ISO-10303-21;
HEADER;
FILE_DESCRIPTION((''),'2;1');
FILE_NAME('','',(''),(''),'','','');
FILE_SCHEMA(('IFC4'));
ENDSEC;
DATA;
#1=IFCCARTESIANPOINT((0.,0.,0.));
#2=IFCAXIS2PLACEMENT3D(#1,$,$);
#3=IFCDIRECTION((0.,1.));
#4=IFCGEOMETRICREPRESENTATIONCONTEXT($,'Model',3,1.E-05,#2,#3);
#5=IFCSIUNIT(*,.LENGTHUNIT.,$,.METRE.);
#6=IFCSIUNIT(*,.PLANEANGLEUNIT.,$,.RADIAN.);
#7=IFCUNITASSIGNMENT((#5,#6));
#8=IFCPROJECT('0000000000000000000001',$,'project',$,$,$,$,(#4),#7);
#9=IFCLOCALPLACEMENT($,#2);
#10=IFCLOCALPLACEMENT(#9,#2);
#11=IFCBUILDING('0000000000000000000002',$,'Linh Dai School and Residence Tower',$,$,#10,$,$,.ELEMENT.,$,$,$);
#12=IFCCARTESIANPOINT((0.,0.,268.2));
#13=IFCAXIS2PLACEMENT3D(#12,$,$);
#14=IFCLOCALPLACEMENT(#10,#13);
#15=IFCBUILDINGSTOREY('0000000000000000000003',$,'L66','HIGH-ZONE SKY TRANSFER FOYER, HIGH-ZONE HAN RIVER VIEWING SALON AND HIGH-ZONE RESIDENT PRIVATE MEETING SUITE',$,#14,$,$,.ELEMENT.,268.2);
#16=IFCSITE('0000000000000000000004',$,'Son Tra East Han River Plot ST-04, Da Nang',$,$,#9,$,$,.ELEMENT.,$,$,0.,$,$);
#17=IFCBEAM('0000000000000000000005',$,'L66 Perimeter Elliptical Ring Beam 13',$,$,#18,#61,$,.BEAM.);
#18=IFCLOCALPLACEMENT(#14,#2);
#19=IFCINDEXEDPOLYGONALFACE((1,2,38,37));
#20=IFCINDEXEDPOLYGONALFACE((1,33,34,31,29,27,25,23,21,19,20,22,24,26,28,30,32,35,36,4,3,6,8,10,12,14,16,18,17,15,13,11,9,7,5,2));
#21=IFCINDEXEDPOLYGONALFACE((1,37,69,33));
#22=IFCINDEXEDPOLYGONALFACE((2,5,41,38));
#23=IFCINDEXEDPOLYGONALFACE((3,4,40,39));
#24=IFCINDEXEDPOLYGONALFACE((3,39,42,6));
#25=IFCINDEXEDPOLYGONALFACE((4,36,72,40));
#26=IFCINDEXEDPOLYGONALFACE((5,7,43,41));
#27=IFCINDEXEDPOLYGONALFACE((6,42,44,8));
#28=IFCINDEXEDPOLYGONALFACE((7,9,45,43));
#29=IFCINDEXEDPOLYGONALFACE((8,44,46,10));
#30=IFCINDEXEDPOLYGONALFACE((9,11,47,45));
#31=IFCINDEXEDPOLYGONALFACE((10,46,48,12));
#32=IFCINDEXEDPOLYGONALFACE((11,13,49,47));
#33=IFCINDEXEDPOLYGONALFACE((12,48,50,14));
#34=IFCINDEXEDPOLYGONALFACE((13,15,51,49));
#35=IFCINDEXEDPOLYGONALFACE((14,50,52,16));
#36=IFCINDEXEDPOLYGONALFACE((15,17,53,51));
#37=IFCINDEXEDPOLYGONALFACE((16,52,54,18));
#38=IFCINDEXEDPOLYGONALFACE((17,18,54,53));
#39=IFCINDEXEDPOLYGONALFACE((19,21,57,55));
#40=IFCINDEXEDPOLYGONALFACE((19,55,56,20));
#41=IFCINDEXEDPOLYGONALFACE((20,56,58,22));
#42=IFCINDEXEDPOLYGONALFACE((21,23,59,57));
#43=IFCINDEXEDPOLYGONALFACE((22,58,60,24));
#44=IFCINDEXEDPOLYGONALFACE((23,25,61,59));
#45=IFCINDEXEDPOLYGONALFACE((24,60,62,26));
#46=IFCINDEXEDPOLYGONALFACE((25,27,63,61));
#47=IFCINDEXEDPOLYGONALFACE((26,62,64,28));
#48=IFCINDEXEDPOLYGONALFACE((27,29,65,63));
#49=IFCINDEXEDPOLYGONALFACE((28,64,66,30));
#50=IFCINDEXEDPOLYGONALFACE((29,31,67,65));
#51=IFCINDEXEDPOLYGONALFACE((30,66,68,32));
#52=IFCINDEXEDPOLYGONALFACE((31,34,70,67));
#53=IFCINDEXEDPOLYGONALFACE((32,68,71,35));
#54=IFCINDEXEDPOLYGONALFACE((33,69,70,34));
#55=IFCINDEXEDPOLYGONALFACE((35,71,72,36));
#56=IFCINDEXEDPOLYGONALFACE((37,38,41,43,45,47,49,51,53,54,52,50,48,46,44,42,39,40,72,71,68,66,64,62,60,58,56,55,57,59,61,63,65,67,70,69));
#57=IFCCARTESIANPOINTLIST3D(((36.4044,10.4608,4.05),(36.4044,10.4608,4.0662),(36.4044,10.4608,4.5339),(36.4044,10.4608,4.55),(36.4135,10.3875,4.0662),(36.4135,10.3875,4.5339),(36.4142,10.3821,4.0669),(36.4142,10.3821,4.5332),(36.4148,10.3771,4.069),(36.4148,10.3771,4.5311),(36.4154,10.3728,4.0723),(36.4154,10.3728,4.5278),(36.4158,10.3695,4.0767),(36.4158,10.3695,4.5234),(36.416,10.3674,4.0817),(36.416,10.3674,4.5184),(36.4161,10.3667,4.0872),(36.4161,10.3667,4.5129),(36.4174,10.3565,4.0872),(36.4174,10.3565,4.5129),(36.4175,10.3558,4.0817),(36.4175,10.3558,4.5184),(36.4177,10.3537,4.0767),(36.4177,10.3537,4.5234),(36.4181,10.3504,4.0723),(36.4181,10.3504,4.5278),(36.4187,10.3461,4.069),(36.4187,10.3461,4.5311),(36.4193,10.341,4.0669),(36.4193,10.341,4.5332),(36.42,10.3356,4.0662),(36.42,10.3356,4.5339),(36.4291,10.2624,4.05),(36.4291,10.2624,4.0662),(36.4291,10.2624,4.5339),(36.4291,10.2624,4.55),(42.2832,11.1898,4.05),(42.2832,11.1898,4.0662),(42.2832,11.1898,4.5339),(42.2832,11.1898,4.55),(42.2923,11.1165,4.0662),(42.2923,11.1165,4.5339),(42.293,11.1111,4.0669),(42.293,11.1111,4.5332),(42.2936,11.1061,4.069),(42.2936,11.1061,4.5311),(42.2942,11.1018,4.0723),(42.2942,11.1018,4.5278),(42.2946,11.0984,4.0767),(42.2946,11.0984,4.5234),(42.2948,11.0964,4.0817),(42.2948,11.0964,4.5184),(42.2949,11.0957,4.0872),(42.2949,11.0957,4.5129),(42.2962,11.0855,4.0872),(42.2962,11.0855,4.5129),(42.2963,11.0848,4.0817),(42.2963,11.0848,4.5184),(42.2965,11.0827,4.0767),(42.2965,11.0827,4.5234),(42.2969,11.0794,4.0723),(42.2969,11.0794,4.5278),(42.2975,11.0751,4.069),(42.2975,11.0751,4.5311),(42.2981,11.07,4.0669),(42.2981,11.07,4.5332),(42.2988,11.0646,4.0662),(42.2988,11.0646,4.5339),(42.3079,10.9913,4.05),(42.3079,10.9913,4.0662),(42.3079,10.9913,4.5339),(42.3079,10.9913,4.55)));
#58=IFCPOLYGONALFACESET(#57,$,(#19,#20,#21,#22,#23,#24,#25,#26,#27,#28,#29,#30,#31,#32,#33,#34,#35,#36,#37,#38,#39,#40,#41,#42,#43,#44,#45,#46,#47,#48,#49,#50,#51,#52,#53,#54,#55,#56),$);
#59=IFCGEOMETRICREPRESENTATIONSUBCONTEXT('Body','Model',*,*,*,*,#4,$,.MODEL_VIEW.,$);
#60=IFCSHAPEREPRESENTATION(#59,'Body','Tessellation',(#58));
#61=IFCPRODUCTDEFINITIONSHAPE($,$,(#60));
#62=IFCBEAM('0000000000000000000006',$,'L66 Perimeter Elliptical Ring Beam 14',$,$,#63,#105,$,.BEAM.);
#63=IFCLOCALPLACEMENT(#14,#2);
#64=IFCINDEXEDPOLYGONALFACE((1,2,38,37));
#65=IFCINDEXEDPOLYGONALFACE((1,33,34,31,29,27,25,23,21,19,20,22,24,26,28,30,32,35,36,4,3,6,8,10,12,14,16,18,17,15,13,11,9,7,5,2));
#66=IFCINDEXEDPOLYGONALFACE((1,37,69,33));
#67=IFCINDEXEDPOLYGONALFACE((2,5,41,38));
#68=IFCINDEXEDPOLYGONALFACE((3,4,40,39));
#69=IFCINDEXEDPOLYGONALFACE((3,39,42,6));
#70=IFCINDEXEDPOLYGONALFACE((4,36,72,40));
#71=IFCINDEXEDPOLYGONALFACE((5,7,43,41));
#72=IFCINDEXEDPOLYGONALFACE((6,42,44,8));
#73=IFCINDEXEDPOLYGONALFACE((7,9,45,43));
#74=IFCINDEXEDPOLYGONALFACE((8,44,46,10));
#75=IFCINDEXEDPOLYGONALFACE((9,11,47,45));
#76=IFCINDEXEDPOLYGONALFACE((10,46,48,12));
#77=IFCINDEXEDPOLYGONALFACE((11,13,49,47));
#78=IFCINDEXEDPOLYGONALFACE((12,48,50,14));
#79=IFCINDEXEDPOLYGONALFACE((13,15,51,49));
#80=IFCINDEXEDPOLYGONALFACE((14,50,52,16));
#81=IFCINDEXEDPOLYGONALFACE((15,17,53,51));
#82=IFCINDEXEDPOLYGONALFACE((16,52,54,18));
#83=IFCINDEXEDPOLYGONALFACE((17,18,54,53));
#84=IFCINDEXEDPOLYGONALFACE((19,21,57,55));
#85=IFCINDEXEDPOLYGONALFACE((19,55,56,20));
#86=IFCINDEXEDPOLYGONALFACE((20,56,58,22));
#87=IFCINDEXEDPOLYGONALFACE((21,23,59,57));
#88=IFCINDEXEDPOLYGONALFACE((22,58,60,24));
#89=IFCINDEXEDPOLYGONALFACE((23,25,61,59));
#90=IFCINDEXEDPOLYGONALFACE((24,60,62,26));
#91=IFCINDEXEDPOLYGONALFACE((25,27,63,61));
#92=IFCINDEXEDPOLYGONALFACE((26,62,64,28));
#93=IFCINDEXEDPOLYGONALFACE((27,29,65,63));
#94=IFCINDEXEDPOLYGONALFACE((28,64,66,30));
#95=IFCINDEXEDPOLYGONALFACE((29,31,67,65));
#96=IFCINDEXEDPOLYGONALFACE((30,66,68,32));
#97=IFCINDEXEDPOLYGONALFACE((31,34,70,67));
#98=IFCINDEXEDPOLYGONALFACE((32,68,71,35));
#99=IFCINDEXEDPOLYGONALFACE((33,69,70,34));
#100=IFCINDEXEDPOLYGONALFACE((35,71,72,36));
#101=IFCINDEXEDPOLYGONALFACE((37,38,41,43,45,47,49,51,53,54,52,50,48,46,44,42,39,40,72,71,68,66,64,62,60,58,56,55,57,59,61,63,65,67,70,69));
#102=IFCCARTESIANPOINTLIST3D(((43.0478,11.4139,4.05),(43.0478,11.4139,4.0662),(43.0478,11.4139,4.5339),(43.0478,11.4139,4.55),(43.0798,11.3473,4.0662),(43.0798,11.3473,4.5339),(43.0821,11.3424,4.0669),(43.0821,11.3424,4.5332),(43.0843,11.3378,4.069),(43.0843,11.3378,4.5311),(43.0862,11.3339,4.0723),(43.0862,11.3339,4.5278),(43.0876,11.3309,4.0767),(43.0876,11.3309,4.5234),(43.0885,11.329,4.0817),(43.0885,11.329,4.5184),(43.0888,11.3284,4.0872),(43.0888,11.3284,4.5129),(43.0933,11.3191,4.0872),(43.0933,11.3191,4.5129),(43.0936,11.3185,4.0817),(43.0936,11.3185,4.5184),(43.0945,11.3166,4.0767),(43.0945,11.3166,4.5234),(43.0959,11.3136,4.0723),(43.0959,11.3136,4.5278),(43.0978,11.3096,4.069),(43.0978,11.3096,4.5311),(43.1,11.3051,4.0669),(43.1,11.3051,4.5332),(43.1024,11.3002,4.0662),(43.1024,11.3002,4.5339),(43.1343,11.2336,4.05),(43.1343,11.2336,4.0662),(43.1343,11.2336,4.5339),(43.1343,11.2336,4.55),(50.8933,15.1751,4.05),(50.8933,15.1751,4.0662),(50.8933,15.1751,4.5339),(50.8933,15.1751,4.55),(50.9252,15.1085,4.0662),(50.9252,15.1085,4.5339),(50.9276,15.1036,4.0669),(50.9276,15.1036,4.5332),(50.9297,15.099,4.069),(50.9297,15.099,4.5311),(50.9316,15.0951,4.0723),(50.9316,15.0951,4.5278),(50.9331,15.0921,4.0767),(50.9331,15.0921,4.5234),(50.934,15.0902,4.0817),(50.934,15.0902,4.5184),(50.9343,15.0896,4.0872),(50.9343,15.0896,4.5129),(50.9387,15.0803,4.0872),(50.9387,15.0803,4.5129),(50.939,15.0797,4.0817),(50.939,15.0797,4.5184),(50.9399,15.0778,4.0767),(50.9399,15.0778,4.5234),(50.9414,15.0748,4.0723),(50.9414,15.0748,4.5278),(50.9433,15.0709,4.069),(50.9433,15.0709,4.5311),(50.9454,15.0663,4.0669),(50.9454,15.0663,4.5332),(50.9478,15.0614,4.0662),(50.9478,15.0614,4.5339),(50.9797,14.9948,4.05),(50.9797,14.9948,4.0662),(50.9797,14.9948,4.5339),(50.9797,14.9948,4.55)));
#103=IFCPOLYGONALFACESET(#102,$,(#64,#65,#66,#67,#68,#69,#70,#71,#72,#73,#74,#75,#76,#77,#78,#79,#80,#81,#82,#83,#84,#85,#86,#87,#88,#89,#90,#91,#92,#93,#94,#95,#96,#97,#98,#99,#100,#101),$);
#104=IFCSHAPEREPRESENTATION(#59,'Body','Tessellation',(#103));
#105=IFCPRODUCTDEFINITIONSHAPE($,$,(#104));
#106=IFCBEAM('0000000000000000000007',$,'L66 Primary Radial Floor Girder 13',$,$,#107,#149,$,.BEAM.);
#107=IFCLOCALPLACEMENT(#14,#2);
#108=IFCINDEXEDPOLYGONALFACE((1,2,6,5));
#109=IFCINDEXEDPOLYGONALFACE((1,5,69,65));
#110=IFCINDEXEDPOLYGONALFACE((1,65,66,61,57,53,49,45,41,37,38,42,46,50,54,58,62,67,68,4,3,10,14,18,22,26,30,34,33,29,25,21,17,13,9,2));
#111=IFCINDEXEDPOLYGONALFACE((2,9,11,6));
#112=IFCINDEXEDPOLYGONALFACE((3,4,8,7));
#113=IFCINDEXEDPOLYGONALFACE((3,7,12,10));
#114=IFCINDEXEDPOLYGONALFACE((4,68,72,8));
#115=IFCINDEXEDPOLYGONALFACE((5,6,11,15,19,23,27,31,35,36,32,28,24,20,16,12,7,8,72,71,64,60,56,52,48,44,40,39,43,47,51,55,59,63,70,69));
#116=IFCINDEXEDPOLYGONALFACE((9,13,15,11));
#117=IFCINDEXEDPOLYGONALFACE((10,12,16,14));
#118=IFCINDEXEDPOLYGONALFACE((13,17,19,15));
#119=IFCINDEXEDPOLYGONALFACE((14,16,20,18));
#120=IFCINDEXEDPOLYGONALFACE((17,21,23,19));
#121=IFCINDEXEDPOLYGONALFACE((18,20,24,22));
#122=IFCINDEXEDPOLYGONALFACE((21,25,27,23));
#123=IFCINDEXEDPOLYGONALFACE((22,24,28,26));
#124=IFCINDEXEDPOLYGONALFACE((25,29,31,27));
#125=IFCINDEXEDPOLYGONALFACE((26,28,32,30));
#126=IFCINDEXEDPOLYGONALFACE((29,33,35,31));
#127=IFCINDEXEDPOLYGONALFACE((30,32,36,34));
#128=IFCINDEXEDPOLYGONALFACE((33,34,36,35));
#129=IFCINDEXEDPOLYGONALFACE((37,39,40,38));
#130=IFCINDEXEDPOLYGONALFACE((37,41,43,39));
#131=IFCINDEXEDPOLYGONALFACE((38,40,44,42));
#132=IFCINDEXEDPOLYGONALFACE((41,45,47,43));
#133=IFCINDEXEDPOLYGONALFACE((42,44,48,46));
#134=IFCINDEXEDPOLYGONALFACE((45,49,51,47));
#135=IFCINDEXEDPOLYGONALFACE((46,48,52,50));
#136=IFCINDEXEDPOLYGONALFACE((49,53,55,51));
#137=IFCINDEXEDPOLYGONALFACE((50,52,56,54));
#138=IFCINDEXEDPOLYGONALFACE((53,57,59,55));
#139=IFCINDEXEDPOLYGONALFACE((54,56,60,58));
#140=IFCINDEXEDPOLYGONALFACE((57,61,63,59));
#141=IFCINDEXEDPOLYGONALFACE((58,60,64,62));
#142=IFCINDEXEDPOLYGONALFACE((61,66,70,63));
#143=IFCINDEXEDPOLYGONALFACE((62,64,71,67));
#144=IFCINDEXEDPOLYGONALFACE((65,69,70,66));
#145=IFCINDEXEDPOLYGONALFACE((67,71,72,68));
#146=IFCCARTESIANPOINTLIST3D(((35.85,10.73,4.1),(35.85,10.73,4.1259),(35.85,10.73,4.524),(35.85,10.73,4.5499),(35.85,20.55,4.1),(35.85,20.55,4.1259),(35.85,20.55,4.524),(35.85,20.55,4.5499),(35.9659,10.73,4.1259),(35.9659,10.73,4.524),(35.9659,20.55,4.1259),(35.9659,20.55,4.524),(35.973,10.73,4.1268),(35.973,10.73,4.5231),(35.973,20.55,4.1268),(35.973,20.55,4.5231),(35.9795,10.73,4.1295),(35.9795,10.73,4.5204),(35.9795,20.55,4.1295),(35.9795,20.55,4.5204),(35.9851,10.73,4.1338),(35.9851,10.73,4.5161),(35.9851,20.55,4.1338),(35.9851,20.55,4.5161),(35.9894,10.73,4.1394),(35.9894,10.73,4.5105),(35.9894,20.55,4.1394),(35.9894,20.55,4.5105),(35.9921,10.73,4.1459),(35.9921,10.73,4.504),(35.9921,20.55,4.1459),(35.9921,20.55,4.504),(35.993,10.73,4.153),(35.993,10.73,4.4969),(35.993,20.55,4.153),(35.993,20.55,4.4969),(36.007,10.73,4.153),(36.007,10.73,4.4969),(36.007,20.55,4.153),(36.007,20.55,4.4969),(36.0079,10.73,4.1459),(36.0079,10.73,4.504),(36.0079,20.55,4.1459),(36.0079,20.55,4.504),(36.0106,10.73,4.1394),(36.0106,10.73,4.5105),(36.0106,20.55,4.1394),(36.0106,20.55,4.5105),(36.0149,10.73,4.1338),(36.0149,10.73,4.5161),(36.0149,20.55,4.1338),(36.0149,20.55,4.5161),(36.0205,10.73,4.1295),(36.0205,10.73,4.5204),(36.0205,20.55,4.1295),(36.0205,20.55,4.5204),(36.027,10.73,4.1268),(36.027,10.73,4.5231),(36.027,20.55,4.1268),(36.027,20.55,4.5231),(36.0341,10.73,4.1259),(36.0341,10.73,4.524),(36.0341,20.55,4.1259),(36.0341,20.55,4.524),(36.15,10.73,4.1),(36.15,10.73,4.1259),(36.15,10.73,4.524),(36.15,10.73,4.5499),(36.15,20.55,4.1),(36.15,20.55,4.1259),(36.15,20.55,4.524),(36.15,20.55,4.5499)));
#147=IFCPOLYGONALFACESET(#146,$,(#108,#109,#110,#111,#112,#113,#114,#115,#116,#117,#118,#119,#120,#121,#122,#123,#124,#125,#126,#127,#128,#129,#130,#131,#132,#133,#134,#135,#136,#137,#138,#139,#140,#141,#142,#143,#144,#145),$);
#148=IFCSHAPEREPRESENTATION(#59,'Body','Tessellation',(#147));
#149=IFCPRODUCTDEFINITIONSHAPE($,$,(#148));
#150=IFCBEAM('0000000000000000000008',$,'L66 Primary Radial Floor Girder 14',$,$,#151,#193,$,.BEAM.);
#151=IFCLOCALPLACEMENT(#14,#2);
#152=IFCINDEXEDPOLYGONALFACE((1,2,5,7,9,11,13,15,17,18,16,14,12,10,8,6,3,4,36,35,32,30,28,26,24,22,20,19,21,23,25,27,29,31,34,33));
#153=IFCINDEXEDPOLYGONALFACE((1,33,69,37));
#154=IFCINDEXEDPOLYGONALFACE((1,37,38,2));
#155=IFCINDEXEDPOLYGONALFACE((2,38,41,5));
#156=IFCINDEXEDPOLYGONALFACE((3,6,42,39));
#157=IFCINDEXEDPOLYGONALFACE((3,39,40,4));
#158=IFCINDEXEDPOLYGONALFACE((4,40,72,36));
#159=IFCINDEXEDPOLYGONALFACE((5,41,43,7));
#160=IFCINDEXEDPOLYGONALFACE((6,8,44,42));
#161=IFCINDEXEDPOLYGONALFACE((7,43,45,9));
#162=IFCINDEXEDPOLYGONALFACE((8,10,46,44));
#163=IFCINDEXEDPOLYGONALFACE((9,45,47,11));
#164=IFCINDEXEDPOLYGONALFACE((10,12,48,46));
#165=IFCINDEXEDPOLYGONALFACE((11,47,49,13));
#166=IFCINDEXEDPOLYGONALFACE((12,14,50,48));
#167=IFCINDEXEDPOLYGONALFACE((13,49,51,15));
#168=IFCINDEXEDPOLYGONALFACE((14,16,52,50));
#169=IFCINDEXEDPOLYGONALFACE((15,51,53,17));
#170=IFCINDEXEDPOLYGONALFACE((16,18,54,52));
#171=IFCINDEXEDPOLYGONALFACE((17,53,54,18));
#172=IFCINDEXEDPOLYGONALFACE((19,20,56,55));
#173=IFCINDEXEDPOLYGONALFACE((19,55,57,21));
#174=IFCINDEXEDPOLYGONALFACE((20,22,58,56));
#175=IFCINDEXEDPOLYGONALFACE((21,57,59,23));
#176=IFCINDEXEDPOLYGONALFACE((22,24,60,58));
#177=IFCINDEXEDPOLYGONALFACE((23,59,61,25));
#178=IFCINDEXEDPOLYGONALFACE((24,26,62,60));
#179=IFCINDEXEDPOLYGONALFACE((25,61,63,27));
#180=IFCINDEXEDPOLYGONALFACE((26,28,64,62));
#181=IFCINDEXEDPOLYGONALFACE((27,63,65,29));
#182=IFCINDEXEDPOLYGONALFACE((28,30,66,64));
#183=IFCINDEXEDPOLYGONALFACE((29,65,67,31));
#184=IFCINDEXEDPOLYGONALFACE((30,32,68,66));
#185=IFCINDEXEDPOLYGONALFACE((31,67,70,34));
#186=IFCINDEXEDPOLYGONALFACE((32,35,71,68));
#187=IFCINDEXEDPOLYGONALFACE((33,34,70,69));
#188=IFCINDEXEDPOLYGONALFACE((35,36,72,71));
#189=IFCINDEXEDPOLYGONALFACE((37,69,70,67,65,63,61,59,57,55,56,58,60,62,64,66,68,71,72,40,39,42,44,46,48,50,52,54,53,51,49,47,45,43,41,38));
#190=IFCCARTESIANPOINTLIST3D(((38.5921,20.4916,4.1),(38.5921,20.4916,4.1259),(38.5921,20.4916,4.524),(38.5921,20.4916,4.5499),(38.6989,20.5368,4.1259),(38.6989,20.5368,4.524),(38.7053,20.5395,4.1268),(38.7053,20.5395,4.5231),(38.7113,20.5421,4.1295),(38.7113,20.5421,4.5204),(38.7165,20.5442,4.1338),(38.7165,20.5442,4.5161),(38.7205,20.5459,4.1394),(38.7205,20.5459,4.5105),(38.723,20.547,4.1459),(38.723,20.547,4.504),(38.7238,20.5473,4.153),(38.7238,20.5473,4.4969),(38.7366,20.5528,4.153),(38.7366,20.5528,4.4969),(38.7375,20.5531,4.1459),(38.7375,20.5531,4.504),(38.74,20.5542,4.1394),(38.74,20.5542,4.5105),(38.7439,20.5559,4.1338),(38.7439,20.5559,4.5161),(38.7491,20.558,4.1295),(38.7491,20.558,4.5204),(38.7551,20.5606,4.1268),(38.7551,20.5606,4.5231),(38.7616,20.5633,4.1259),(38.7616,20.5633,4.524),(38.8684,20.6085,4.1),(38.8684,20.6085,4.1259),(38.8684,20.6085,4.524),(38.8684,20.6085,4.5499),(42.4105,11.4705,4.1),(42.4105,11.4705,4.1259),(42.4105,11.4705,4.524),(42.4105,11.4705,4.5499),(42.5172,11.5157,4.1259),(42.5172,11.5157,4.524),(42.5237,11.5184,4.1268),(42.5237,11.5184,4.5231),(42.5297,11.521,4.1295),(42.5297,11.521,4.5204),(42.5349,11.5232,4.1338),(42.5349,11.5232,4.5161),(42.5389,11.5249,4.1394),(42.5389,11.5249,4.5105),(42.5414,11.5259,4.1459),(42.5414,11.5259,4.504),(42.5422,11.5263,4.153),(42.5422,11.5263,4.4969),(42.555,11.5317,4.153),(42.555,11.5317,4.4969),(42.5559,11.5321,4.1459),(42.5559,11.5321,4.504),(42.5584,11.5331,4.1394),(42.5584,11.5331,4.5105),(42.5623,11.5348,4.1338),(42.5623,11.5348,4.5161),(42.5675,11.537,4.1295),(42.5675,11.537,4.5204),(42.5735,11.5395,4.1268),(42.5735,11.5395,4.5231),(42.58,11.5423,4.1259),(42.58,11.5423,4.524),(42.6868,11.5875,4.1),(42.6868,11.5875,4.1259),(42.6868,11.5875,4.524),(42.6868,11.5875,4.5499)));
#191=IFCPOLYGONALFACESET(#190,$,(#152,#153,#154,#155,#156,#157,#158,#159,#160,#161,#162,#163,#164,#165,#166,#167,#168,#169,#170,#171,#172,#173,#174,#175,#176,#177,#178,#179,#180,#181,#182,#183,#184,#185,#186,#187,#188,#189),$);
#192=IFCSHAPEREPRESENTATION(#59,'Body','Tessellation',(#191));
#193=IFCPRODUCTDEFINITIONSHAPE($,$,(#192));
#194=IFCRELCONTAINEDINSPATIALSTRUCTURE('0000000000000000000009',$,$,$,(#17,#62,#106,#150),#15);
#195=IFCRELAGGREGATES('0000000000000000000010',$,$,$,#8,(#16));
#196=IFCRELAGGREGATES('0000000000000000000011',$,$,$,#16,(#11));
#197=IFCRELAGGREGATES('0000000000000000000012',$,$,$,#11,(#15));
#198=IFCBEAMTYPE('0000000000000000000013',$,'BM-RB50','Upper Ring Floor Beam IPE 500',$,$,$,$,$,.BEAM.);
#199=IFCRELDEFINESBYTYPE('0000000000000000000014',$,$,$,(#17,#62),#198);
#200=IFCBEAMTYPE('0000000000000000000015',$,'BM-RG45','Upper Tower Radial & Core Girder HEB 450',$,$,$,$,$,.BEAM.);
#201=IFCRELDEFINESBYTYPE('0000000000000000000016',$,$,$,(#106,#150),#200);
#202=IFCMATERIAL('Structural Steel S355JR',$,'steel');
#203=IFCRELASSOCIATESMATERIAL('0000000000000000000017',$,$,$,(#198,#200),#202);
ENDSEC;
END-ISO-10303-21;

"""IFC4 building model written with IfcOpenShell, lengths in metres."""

from ifc_helpers import new_model, si_unit, direction, frame, origin, origin_2d, place, context, subcontext, project, spatial, i_section, extrude, material, material_profile, profile_set, type_object, element, save


model = new_model("IFC4")

# Units and contexts
model_context = context("Model", 3, precision=1e-05, world=origin(), true_north=direction((0.0, 1.0)))
body_context = subcontext(model_context, "Body", "Model", "MODEL_VIEW")
ifc_project = project(units=[si_unit("LENGTHUNIT", "METRE"), si_unit("PLANEANGLEUNIT", "RADIAN")], contexts=[model_context])

# Site, building, storey
site_placement = place(None, origin())
site = spatial("IfcSite", under=ifc_project, at=site_placement, Name="Son Tra East Han River Plot ST-04, Da Nang", CompositionType="ELEMENT", RefElevation=0.0)
building_placement = place(site_placement, origin())
building = spatial("IfcBuilding", under=site, at=building_placement, Name="Linh Dai School and Residence Tower", CompositionType="ELEMENT")
storey_placement = place(building_placement, frame((0.0, 0.0, 268.2)))
storey = spatial("IfcBuildingStorey", under=building, at=storey_placement, Name="L66", Description="HIGH-ZONE SKY TRANSFER FOYER, HIGH-ZONE HAN RIVER VIEWING SALON AND HIGH-ZONE RESIDENT PRIVATE MEETING SUITE", CompositionType="ELEMENT", Elevation=268.2)

# Shared definitions
ifc_material_1 = material(Name="Structural Steel S355JR", Category="steel")

# Beams
ifc_material_profile_1 = material_profile(ifc_material_1, i_section(OverallWidth=0.2, OverallDepth=0.5, WebThickness=0.0103, FlangeThickness=0.0161, FilletRadius=0.021, at=origin_2d()), Name="IPE 500")
ifc_profile_set_1 = profile_set([ifc_material_profile_1], Name="Structural Steel S355JR")
beam_type_1 = type_object("IfcBeamType", Name="BM-RB50", Description="Upper Ring Floor Beam IPE 500", PredefinedType="BEAM", material=ifc_profile_set_1)
beam_1_placement = place(storey_placement, frame((36.4167, 10.3616, 4.3), z_axis=(0.992399, 0.123061, 0.0), x_axis=(-0.123061, 0.992399, 0.0)))
element("IfcBeam", 1, at=beam_1_placement, inside=storey, type_object=beam_type_1, Name="L66 Perimeter Elliptical Ring Beam 13", PredefinedType="BEAM", context=body_context, shape_type="SweptSolid", body=[
    extrude(i_section(OverallWidth=0.2, OverallDepth=0.5, WebThickness=0.0103, FlangeThickness=0.0161, FilletRadius=0.021, at=origin_2d()), origin(), (0.0, 0.0, 1.0), 5.9238),
])
beam_2_placement = place(storey_placement, frame((43.0911, 11.3237, 4.3), z_axis=(0.901729, 0.432302, 0.0), x_axis=(-0.432302, 0.901729, 0.0)))
element("IfcBeam", 2, at=beam_2_placement, inside=storey, type_object=beam_type_1, Name="L66 Perimeter Elliptical Ring Beam 14", PredefinedType="BEAM", context=body_context, shape_type="SweptSolid", body=[
    extrude(i_section(OverallWidth=0.2, OverallDepth=0.5, WebThickness=0.0103, FlangeThickness=0.0161, FilletRadius=0.021, at=origin_2d()), origin(), (0.0, 0.0, 1.0), 8.7004),
])
ifc_material_profile_2 = material_profile(ifc_material_1, i_section(OverallWidth=0.3, OverallDepth=0.45, WebThickness=0.0139, FlangeThickness=0.0259, FilletRadius=0.0271, at=origin_2d()), Name="HEB 450")
ifc_profile_set_2 = profile_set([ifc_material_profile_2], Name="Structural Steel S355JR")
beam_type_2 = type_object("IfcBeamType", Name="BM-RG45", Description="Upper Tower Radial & Core Girder HEB 450", PredefinedType="BEAM", material=ifc_profile_set_2)
beam_3_placement = place(storey_placement, frame((36.0, 20.55, 4.325), z_axis=(0.0, -1.0, 0.0), x_axis=(1.0, 0.0, 0.0)))
element("IfcBeam", 3, at=beam_3_placement, inside=storey, type_object=beam_type_2, Name="L66 Primary Radial Floor Girder 13", PredefinedType="BEAM", context=body_context, shape_type="SweptSolid", body=[
    extrude(i_section(OverallWidth=0.3, OverallDepth=0.45, WebThickness=0.0139, FlangeThickness=0.0259, FilletRadius=0.0271, at=origin_2d()), origin(), (0.0, 0.0, 1.0), 9.8201),
])
beam_4_placement = place(storey_placement, frame((38.7302, 20.55, 4.325), z_axis=(0.389794, -0.920902, 0.0), x_axis=(0.920902, 0.389794, 0.0)))
element("IfcBeam", 4, at=beam_4_placement, inside=storey, type_object=beam_type_2, Name="L66 Primary Radial Floor Girder 14", PredefinedType="BEAM", context=body_context, shape_type="SweptSolid", body=[
    extrude(i_section(OverallWidth=0.3, OverallDepth=0.45, WebThickness=0.0139, FlangeThickness=0.0259, FilletRadius=0.0271, at=origin_2d()), origin(), (0.0, 0.0, 1.0), 9.7959),
])

save(model, "model.ifc")
